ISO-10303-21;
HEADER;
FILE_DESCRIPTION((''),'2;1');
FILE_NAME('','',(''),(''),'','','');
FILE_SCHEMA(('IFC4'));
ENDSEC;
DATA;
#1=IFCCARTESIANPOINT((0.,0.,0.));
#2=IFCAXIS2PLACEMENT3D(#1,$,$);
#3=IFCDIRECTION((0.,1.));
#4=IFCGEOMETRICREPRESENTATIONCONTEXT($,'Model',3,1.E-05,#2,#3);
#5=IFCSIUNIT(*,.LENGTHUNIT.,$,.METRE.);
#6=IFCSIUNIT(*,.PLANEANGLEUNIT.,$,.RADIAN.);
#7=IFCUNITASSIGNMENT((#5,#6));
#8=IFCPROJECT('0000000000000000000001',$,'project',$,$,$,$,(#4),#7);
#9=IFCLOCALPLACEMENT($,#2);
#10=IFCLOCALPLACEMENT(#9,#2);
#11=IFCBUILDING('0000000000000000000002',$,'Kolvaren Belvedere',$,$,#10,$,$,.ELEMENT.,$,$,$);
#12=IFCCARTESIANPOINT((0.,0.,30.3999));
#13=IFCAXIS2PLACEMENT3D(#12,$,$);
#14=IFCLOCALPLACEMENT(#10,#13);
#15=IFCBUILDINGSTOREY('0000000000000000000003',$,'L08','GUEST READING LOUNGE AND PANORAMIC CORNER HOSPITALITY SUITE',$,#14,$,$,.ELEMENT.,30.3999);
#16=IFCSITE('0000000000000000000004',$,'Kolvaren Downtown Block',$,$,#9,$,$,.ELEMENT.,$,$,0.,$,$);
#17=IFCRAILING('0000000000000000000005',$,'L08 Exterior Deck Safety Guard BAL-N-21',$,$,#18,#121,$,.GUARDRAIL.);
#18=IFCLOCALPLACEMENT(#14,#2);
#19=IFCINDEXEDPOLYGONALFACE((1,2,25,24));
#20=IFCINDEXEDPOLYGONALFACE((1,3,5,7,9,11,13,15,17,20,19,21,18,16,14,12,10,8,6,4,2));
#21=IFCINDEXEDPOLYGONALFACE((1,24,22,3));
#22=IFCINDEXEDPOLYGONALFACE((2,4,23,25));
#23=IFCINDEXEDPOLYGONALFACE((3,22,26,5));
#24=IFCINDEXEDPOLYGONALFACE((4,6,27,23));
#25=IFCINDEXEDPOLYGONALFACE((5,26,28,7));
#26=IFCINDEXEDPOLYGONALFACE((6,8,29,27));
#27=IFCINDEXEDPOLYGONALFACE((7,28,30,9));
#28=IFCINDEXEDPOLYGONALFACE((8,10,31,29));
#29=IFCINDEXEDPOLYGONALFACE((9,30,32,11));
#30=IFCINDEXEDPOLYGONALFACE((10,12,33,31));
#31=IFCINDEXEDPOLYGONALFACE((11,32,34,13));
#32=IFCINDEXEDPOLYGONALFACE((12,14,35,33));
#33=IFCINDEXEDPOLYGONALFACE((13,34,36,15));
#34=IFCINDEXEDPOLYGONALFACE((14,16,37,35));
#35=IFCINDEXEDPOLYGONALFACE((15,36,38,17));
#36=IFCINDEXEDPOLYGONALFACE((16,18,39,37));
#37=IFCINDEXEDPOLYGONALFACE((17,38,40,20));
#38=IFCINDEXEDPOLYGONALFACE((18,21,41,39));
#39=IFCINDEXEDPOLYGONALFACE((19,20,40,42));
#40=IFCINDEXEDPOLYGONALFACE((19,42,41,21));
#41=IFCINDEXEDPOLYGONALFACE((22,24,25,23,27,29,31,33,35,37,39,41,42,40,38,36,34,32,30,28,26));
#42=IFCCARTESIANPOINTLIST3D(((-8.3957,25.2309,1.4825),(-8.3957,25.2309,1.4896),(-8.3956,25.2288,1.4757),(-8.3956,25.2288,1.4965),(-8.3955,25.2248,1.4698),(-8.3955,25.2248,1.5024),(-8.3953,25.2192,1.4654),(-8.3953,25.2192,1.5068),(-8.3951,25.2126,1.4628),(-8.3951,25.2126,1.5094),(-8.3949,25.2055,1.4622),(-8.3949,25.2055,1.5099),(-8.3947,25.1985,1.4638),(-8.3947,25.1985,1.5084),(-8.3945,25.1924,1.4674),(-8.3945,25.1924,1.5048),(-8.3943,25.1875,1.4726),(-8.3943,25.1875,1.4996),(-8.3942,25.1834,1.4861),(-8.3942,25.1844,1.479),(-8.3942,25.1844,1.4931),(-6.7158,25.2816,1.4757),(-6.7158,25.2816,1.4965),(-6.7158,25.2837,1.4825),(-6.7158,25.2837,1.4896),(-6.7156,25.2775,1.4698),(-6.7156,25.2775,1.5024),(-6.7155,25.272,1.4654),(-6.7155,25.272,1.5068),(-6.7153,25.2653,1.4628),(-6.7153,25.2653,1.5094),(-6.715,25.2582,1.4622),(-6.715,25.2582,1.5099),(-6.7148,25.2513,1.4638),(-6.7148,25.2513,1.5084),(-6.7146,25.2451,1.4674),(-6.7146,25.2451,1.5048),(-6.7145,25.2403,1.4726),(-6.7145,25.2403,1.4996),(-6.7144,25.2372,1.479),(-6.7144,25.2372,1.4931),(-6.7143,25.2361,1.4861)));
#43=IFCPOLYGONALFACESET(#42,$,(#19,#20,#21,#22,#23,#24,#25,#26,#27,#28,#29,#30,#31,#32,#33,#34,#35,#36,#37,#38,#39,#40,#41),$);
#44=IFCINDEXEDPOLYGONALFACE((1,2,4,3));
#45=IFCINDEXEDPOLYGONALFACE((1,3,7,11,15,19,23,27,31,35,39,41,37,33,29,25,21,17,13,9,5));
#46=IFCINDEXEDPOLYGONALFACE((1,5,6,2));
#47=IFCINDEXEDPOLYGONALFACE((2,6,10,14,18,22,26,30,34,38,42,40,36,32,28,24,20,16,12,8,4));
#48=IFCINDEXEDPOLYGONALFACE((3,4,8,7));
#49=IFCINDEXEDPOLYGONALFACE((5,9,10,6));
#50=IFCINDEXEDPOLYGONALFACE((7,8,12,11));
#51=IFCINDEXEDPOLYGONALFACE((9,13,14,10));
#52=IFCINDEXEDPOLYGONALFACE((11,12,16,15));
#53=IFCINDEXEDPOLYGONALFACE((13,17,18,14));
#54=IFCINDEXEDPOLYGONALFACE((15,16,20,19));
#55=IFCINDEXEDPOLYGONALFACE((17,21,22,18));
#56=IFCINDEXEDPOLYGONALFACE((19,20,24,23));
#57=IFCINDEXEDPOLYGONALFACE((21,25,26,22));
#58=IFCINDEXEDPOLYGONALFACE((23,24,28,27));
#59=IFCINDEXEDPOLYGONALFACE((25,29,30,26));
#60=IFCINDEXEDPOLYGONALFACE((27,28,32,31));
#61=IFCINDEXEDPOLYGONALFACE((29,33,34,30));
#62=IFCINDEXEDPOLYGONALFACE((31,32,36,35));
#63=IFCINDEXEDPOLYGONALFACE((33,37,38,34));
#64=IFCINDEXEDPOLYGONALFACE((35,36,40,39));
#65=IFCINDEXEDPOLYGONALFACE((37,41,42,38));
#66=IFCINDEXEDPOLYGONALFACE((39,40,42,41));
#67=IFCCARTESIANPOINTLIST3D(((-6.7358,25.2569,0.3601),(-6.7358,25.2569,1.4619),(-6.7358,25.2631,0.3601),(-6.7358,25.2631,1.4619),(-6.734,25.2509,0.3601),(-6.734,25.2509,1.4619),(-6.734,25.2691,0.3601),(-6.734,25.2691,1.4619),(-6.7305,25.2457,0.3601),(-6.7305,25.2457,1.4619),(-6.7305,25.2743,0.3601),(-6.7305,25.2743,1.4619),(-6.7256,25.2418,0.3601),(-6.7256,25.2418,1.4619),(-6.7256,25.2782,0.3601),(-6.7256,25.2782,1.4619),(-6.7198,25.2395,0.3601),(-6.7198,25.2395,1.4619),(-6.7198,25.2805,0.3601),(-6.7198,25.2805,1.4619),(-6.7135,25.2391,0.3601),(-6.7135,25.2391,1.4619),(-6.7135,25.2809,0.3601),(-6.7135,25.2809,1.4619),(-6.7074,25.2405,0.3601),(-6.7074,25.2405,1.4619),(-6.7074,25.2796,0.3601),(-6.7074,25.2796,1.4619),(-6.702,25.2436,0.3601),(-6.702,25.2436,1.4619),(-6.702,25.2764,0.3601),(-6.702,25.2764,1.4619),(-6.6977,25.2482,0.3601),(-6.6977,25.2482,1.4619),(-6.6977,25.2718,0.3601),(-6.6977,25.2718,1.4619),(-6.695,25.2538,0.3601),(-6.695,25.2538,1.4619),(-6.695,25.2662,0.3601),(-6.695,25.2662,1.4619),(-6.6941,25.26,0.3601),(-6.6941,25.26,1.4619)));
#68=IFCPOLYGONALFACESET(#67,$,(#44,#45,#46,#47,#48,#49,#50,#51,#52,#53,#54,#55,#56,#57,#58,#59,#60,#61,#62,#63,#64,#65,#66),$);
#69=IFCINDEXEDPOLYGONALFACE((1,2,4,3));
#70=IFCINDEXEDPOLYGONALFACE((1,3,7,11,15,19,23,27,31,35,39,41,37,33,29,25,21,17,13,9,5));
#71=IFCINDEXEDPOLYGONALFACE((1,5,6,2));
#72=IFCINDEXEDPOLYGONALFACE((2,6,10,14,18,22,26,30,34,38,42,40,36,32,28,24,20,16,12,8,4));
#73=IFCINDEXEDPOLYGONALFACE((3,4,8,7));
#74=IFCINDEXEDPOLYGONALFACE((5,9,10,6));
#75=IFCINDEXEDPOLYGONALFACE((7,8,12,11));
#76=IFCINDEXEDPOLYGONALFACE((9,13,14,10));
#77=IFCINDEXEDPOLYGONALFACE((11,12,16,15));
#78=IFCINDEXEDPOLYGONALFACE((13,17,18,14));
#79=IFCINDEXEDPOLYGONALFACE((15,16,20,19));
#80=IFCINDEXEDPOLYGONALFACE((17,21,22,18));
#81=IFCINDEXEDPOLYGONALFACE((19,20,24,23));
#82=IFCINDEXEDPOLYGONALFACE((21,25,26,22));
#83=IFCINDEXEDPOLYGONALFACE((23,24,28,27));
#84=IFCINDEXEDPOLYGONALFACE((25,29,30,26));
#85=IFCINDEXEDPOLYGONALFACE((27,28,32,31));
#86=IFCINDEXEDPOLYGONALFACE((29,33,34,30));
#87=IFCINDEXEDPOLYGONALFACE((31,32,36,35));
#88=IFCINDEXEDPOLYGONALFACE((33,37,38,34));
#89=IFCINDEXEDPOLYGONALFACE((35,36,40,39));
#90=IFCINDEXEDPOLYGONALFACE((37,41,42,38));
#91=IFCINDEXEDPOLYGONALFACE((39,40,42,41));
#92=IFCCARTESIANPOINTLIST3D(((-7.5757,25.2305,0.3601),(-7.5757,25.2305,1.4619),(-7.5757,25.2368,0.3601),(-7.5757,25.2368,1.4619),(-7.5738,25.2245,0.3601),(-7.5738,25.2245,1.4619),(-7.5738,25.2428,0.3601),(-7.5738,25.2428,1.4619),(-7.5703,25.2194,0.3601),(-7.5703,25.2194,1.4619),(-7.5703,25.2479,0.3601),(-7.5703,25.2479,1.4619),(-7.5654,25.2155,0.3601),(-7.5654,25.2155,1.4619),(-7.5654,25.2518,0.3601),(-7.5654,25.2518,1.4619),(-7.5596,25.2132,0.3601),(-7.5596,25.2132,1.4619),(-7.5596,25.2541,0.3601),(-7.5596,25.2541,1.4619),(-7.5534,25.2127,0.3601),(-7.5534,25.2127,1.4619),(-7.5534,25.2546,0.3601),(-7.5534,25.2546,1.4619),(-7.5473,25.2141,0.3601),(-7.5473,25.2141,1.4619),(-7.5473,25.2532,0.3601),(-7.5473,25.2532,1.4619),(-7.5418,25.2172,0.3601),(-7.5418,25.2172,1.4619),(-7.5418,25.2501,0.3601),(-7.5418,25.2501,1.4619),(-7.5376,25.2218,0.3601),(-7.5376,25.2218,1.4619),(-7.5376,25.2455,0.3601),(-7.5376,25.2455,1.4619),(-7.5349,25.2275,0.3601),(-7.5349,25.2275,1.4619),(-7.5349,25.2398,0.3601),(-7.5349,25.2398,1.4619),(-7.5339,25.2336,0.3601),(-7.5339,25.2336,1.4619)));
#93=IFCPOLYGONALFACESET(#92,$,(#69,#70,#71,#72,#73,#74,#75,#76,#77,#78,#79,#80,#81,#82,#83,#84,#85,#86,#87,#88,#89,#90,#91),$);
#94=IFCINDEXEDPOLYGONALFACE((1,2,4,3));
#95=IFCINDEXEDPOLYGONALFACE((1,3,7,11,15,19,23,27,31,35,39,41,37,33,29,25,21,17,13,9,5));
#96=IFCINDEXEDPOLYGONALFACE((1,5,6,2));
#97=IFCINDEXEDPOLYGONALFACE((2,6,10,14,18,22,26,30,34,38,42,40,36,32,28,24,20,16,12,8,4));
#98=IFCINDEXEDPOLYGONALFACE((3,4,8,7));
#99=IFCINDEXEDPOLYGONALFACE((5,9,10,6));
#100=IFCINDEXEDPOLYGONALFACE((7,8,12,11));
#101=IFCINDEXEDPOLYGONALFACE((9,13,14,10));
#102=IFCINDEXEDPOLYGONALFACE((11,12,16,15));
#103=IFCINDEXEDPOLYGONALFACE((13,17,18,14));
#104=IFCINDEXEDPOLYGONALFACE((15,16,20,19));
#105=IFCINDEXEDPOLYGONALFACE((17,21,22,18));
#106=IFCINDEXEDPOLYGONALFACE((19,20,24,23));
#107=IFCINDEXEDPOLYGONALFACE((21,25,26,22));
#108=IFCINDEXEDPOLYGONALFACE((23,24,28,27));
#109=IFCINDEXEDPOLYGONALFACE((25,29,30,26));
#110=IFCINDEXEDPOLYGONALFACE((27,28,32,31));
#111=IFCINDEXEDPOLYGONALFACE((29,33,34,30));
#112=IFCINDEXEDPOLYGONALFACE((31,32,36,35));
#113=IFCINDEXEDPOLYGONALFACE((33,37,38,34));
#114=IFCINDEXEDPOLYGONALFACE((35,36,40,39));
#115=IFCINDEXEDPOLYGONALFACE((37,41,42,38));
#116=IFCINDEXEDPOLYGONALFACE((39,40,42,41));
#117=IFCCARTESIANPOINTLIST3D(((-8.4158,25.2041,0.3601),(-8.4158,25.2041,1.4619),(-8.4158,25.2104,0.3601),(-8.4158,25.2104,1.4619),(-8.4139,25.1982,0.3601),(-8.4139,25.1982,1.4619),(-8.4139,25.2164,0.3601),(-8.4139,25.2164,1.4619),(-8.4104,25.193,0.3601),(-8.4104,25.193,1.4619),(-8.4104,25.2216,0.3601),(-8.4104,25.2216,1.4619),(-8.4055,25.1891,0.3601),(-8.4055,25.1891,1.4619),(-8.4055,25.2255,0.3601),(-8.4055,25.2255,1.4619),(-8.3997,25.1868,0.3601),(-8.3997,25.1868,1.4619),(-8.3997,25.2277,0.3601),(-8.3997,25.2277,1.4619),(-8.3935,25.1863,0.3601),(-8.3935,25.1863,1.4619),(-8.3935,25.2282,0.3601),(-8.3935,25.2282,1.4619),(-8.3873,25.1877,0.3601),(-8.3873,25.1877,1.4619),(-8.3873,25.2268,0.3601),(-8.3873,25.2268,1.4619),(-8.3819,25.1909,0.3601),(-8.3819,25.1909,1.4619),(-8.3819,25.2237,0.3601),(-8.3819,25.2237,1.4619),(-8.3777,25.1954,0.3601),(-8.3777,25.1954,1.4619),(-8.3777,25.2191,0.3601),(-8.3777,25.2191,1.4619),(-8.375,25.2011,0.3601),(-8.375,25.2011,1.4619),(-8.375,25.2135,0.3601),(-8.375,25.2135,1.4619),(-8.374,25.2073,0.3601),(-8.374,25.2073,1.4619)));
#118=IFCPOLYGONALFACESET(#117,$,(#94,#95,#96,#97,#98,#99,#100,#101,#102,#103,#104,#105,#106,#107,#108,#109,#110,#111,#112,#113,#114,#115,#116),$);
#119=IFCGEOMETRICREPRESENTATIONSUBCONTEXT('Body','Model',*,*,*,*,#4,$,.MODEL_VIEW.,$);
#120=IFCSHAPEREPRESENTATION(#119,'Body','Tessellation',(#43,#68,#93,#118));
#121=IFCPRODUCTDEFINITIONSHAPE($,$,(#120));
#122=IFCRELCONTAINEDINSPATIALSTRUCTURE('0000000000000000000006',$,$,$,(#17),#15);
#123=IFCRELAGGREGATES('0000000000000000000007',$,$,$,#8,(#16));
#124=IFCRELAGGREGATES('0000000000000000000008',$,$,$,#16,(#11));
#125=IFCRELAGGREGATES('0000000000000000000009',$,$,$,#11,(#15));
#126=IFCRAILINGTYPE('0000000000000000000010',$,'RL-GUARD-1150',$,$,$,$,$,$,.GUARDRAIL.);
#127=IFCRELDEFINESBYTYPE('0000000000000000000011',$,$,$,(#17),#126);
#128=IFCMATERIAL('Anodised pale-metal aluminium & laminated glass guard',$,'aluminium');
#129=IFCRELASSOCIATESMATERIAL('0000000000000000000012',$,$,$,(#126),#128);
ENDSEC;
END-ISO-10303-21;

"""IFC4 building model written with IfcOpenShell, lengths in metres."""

from ifc_helpers import new_model, si_unit, direction, frame, origin, origin_2d, place, context, subcontext, project, spatial, circle, extrude, material, type_object, element, save


model = new_model("IFC4")

# Units and contexts
model_context = context("Model", 3, precision=1e-05, world=origin(), true_north=direction((0.0, 1.0)))
body_context = subcontext(model_context, "Body", "Model", "MODEL_VIEW")
ifc_project = project(units=[si_unit("LENGTHUNIT", "METRE"), si_unit("PLANEANGLEUNIT", "RADIAN")], contexts=[model_context])

# Site, building, storey
site_placement = place(None, origin())
site = spatial("IfcSite", under=ifc_project, at=site_placement, Name="Kolvaren Downtown Block", CompositionType="ELEMENT", RefElevation=0.0)
building_placement = place(site_placement, origin())
building = spatial("IfcBuilding", under=site, at=building_placement, Name="Kolvaren Belvedere", CompositionType="ELEMENT")
storey_placement = place(building_placement, frame((0.0, 0.0, 30.3999)))
storey = spatial("IfcBuildingStorey", under=building, at=storey_placement, Name="L08", Description="GUEST READING LOUNGE AND PANORAMIC CORNER HOSPITALITY SUITE", CompositionType="ELEMENT", Elevation=30.3999)

# Railing
ifc_material_1 = material(Name="Anodised pale-metal aluminium & laminated glass guard", Category="aluminium")
railing_type = type_object("IfcRailingType", Name="RL-GUARD-1150", PredefinedType="GUARDRAIL", material=ifc_material_1)
railing_1_placement = place(storey_placement, frame((-6.7151, 25.26, 0.3601)))
element("IfcRailing", 1, at=railing_1_placement, inside=storey, type_object=railing_type, Name="L08 Exterior Deck Safety Guard BAL-N-21", PredefinedType="GUARDRAIL", context=body_context, shape_type="SweptSolid", body=[
    extrude(circle(Radius=0.0239, at=origin_2d()), frame((0.0, 0.0, 1.126), z_axis=(-0.999508, -0.031375, 0.0), x_axis=(0.031375, -0.999508, 0.0)), (0.0, 0.0, 1.0), 1.6807),
    extrude(circle(Radius=0.021, at=origin_2d()), origin(), (0.0, 0.0, 1.0), 1.1018),
    extrude(circle(Radius=0.021, at=origin_2d()), frame((-0.8398, -0.0264, 0.0)), (0.0, 0.0, 1.0), 1.1018),
    extrude(circle(Radius=0.021, at=origin_2d()), frame((-1.6799, -0.0527, 0.0)), (0.0, 0.0, 1.0), 1.1018),
])

save(model, "model.ifc")
